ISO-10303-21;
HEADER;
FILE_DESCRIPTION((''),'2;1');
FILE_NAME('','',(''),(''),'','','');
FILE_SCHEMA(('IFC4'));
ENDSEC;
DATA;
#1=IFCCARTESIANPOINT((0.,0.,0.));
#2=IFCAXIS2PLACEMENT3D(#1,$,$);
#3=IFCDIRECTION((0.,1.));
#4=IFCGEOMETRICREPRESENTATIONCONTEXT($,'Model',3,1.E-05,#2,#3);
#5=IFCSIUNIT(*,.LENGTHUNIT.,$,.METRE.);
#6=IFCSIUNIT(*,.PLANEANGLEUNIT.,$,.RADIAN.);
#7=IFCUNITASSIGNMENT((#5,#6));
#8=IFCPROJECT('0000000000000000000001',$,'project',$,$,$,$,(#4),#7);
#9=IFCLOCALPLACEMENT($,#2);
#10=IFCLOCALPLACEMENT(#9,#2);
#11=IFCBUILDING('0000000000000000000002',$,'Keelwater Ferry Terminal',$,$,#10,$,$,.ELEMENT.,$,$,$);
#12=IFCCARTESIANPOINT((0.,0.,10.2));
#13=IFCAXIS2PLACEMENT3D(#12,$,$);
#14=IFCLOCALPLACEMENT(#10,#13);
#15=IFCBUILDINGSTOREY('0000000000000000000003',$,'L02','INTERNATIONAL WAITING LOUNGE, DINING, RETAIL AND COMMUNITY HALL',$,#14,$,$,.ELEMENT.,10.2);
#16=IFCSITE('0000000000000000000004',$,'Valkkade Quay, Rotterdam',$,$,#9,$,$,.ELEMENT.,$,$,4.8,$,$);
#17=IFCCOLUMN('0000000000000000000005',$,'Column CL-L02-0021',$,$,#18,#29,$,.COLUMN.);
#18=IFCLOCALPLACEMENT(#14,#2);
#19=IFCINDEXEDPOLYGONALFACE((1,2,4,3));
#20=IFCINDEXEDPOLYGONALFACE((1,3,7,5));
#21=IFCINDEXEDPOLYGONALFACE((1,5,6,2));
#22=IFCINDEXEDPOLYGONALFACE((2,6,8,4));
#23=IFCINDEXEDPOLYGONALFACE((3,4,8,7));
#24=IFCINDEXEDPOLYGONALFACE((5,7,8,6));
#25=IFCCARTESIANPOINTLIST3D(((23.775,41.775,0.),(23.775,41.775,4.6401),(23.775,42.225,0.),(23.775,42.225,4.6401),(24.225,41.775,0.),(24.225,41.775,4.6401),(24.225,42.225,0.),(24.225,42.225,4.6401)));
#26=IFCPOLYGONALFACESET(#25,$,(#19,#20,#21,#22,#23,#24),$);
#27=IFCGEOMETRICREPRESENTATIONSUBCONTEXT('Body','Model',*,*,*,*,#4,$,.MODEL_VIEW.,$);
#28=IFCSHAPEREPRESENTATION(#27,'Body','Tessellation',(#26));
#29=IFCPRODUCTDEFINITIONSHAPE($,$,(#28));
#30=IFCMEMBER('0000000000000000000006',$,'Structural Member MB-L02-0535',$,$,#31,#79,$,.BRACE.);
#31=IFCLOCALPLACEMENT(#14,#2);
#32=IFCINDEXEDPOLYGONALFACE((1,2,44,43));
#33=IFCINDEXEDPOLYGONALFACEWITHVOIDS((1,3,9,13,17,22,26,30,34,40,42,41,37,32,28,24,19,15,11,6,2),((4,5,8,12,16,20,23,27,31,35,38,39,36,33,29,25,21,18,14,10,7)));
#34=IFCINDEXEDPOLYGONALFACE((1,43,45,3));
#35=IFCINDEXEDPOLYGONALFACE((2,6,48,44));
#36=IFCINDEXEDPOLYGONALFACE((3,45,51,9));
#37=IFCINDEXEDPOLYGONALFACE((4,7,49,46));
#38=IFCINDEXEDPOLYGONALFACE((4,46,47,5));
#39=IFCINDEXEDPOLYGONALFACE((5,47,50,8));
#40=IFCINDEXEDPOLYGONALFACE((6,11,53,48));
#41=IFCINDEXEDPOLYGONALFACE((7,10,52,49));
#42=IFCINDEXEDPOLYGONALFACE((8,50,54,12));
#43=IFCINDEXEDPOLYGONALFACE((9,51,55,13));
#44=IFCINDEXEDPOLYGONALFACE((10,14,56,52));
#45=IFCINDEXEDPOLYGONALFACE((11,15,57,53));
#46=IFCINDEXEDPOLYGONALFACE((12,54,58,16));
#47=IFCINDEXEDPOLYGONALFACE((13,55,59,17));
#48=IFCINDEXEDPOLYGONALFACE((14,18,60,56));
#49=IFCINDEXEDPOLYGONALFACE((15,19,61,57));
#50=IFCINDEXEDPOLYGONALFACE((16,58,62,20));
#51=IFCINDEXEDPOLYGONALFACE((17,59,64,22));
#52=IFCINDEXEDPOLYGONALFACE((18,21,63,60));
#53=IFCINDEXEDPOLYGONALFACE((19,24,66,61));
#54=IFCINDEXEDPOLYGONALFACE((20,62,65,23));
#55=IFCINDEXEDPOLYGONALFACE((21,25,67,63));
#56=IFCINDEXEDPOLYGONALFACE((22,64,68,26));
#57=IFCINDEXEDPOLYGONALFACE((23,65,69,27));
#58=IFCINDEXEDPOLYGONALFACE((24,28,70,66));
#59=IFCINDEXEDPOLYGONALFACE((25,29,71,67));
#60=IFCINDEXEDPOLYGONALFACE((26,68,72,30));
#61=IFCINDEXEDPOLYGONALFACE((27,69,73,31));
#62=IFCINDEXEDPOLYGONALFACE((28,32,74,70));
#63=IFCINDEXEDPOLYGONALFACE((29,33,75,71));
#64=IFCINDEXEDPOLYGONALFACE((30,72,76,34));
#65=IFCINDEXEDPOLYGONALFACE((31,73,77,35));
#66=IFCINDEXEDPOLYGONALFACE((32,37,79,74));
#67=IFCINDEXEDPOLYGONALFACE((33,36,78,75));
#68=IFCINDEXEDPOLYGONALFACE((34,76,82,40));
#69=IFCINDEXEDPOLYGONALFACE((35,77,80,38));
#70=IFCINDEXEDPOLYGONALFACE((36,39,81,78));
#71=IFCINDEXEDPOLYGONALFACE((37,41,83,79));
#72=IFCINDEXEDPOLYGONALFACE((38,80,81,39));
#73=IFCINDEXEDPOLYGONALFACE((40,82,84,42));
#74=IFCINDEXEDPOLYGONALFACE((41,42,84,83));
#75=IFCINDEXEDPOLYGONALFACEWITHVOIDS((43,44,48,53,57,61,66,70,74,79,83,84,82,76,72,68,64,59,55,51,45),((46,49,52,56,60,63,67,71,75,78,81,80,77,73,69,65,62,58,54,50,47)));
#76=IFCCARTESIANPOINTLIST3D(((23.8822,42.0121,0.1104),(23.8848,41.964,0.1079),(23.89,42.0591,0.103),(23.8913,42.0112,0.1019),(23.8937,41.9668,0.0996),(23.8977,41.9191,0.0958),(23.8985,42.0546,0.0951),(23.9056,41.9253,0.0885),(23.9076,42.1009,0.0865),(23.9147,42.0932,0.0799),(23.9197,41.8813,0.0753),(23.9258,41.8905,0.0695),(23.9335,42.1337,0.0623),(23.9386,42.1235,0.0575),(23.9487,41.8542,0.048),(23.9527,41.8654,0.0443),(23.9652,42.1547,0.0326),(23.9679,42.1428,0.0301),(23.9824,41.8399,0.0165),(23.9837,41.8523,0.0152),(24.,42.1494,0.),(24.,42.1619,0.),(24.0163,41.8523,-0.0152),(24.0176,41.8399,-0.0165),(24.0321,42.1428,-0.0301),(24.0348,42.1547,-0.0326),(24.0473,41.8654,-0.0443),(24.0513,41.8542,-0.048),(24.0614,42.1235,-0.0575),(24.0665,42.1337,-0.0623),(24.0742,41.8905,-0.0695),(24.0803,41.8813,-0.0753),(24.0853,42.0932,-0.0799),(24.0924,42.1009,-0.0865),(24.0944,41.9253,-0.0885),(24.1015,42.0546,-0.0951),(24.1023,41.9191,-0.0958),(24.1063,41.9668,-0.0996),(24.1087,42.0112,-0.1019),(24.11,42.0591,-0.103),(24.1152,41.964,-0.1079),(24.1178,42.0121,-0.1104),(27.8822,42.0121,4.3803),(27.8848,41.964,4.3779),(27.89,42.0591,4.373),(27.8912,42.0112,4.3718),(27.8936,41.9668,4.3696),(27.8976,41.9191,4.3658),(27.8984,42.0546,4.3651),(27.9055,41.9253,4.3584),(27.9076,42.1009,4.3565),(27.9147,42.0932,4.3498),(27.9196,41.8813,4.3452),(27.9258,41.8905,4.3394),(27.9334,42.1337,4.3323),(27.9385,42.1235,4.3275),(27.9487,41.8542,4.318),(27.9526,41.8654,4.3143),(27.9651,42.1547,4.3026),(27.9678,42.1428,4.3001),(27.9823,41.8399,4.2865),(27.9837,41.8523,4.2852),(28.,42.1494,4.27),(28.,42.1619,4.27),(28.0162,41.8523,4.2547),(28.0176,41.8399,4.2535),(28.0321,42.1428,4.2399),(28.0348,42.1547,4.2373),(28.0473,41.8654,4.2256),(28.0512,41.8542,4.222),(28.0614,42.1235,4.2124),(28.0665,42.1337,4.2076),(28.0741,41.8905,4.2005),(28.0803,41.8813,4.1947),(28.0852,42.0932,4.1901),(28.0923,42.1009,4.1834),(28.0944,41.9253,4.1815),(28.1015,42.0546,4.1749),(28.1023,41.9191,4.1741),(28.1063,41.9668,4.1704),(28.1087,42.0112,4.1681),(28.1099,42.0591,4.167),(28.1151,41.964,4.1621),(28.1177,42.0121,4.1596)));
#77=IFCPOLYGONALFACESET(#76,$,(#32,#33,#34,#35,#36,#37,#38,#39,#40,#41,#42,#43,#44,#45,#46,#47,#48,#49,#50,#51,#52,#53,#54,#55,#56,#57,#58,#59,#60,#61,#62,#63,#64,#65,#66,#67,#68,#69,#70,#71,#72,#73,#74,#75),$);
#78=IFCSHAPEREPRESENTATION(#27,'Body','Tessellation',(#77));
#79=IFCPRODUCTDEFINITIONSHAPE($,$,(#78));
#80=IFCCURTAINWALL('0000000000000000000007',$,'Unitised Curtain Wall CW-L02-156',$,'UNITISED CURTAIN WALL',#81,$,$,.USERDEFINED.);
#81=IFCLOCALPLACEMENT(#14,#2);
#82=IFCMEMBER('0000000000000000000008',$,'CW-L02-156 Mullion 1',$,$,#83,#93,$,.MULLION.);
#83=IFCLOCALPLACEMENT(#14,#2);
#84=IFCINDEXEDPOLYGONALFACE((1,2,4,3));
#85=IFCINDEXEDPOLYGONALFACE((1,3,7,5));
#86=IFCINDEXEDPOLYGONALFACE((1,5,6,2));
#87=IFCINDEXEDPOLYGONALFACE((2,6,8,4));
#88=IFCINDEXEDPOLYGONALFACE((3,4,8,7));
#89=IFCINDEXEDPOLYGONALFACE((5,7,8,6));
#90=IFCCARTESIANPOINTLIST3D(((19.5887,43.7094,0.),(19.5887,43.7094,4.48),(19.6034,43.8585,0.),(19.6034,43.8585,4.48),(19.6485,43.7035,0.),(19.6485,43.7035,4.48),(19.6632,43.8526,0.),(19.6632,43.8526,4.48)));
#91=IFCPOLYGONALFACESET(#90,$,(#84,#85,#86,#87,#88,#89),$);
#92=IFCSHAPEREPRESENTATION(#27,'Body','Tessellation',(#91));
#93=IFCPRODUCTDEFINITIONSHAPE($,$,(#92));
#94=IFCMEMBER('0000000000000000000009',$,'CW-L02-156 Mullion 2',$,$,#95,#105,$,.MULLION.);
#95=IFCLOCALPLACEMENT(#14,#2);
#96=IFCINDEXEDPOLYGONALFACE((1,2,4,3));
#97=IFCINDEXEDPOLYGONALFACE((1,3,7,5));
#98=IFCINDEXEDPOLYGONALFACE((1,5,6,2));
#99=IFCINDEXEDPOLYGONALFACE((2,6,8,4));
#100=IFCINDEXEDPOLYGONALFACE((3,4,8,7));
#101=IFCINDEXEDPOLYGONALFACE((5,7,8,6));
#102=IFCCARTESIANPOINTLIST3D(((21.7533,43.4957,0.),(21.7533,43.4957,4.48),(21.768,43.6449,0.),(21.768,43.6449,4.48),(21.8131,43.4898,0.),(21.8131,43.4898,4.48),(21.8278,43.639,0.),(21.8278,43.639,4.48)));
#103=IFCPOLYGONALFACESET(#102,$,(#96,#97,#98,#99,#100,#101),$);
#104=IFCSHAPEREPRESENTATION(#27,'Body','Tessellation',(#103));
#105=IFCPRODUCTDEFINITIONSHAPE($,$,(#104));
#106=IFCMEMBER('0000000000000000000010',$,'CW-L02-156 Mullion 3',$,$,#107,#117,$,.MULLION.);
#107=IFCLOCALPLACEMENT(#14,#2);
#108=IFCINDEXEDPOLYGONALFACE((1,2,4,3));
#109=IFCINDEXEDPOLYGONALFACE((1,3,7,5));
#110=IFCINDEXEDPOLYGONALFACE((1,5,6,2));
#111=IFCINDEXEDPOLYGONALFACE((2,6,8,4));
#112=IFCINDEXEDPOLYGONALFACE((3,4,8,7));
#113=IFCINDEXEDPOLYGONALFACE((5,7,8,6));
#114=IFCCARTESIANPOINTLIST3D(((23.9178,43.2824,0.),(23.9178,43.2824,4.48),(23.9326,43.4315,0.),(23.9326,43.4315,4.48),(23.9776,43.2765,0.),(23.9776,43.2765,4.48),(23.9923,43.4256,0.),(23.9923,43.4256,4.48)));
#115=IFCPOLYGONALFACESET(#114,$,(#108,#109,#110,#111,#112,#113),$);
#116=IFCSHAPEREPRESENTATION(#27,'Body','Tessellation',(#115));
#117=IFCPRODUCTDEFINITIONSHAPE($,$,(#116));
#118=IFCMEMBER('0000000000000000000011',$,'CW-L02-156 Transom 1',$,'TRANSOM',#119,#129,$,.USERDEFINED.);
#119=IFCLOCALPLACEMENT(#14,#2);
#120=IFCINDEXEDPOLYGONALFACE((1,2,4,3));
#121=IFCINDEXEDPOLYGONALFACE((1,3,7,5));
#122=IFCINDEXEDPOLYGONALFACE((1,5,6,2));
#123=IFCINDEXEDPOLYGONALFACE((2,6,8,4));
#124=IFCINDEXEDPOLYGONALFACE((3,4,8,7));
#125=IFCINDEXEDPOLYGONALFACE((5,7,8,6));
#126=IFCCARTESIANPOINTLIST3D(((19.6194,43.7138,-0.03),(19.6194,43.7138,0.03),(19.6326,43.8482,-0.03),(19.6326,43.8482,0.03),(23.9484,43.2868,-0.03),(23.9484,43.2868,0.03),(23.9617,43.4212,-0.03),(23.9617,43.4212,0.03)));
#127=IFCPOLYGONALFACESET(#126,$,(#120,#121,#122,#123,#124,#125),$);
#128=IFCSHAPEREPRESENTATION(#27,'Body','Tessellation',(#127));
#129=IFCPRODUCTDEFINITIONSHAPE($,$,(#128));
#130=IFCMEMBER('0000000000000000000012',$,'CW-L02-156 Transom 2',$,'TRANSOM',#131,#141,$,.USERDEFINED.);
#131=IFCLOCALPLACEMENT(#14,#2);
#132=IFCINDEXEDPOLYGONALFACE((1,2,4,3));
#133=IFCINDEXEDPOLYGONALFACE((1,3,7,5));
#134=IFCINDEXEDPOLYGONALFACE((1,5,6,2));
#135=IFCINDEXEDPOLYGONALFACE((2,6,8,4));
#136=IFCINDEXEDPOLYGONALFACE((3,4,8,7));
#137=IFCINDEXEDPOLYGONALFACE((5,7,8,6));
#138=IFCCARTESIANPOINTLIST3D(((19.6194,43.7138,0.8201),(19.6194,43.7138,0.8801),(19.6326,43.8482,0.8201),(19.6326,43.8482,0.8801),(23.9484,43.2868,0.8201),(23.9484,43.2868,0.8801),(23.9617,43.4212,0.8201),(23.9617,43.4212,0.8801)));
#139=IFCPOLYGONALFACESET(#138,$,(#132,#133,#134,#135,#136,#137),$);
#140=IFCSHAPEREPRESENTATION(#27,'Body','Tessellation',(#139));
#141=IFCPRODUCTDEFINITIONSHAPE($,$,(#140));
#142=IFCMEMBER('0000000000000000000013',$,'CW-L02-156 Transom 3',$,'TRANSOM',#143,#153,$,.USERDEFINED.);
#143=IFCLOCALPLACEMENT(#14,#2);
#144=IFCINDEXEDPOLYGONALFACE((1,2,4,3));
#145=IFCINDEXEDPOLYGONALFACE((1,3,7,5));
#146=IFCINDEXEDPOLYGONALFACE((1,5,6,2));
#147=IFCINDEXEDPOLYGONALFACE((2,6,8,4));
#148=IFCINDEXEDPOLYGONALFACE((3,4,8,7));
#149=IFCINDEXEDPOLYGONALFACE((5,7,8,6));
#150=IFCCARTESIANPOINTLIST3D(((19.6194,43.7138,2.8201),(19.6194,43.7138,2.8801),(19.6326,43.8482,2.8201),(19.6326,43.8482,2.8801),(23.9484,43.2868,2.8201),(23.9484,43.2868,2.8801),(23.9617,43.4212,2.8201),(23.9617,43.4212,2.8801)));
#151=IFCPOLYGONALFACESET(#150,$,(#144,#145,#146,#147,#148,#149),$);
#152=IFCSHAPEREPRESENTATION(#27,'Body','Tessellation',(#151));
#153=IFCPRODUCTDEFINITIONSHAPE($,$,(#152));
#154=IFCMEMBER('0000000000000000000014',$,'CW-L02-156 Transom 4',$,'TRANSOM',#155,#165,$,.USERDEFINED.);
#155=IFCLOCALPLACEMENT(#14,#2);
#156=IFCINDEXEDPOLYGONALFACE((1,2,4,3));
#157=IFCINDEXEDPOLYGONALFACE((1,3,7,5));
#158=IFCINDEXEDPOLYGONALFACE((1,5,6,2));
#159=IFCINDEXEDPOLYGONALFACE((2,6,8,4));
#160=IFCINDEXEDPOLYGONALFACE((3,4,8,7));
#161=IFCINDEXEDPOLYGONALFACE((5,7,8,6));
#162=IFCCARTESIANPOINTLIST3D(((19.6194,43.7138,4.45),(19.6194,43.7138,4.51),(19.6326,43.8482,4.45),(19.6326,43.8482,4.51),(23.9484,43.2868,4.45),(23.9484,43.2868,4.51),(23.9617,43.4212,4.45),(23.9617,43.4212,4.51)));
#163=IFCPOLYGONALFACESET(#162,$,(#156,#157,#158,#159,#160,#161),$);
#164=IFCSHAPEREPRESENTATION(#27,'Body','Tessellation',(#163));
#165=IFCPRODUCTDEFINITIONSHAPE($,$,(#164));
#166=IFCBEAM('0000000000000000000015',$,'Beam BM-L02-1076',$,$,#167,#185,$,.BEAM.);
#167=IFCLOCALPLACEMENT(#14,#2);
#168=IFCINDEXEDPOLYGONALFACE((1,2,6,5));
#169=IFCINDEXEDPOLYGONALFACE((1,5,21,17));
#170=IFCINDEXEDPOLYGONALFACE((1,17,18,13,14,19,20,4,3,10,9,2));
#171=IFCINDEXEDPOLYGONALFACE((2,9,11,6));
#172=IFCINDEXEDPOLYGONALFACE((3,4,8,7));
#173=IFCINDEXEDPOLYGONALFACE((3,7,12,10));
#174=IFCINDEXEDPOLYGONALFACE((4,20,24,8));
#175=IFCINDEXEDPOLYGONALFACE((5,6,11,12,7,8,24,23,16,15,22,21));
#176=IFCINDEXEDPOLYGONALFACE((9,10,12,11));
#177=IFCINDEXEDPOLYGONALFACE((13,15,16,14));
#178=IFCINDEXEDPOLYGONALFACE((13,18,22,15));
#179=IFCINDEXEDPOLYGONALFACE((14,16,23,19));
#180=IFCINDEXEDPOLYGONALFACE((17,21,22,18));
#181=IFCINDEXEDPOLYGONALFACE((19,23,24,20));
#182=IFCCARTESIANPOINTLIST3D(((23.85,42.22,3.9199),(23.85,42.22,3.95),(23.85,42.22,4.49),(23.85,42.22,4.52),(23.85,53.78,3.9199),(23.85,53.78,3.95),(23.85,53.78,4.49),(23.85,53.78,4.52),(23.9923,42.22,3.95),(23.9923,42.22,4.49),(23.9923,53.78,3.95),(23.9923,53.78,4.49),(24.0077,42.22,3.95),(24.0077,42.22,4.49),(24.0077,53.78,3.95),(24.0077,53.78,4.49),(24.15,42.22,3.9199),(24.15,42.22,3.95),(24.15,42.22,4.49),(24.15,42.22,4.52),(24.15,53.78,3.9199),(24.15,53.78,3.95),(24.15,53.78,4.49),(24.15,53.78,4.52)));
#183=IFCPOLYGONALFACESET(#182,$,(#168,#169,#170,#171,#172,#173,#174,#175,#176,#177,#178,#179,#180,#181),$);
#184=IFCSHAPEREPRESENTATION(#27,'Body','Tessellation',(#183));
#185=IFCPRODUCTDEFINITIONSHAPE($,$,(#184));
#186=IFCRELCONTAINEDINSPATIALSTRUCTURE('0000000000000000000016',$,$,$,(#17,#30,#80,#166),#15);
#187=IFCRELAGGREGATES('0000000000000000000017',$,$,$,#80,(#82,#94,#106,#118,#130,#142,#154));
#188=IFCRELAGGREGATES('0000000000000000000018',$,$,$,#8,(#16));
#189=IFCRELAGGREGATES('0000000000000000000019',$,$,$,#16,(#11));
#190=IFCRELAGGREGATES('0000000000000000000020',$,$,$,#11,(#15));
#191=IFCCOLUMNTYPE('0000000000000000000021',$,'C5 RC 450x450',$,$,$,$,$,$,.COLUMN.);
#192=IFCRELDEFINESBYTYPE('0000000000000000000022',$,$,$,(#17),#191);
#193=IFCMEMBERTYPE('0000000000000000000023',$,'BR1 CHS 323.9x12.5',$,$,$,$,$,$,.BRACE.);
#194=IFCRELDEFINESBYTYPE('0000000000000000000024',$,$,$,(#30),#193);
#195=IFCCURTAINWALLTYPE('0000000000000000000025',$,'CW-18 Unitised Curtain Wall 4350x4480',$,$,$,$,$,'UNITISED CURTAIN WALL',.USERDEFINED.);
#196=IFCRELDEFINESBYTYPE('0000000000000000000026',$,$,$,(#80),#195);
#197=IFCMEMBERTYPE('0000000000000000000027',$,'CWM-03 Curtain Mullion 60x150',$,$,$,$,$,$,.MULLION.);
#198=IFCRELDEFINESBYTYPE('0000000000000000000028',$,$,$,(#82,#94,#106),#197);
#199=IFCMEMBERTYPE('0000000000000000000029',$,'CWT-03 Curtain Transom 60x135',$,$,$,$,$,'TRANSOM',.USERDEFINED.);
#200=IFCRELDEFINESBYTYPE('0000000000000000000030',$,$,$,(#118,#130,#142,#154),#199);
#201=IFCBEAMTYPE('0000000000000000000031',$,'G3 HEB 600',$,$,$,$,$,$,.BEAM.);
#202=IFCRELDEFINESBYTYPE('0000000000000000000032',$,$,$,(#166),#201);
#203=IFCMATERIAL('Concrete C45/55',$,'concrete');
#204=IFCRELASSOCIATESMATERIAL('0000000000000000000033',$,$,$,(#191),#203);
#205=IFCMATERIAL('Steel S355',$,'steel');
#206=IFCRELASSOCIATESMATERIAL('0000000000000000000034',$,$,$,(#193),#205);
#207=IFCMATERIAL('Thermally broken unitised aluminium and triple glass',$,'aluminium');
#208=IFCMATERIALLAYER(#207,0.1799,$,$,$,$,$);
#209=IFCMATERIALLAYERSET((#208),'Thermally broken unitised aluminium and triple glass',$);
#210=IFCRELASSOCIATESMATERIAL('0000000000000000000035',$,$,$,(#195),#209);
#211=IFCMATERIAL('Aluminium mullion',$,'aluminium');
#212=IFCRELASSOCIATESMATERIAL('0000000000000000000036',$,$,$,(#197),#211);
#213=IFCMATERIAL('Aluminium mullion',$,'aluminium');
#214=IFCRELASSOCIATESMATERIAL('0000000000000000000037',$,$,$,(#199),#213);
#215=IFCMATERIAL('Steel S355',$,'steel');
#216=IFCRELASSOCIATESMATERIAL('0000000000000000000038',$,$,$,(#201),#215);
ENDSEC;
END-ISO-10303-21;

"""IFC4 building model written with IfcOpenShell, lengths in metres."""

from ifc_helpers import new_model, si_unit, direction, frame, origin, origin_2d, place, context, subcontext, project, spatial, rectangle, hollow_circle, i_section, extrude, material, layer, layer_set, material_profile, profile_set, type_object, element, aggregate, save


model = new_model("IFC4")

# Units and contexts
model_context = context("Model", 3, precision=1e-05, world=origin(), true_north=direction((0.0, 1.0)))
body_context = subcontext(model_context, "Body", "Model", "MODEL_VIEW")
ifc_project = project(units=[si_unit("LENGTHUNIT", "METRE"), si_unit("PLANEANGLEUNIT", "RADIAN")], contexts=[model_context])

# Site, building, storey
site_placement = place(None, origin())
site = spatial("IfcSite", under=ifc_project, at=site_placement, Name="Valkkade Quay, Rotterdam", CompositionType="ELEMENT", RefElevation=4.8)
building_placement = place(site_placement, origin())
building = spatial("IfcBuilding", under=site, at=building_placement, Name="Keelwater Ferry Terminal", CompositionType="ELEMENT")
storey_placement = place(building_placement, frame((0.0, 0.0, 10.2)))
storey = spatial("IfcBuildingStorey", under=building, at=storey_placement, Name="L02", Description="INTERNATIONAL WAITING LOUNGE, DINING, RETAIL AND COMMUNITY HALL", CompositionType="ELEMENT", Elevation=10.2)

# Column
ifc_material_1 = material(Name="Concrete C45/55", Category="concrete")
ifc_material_profile_1 = material_profile(ifc_material_1, rectangle(XDim=0.45, YDim=0.45, at=origin_2d()), Name="RC 450x450")
ifc_profile_set_1 = profile_set([ifc_material_profile_1], Name="Concrete C45/55")
column_type = type_object("IfcColumnType", Name="C5 RC 450x450", PredefinedType="COLUMN", material=ifc_profile_set_1)
column_placement = place(storey_placement, frame((24.0, 42.0, 0.0), z_axis=(0.0, 0.0, 1.0), x_axis=(1.0, 0.0, 0.0)))
element("IfcColumn", 1, at=column_placement, inside=storey, type_object=column_type, Name="Column CL-L02-0021", PredefinedType="COLUMN", context=body_context, shape_type="SweptSolid", body=[
    extrude(rectangle(XDim=0.45, YDim=0.45, at=origin_2d()), origin(), (0.0, 0.0, 1.0), 4.6401),
])

# Member
ifc_material_2 = material(Name="Steel S355", Category="steel")
ifc_material_profile_2 = material_profile(ifc_material_2, hollow_circle(Radius=0.1619, WallThickness=0.0125, at=origin_2d()), Name="CHS 323.9x12.5")
ifc_profile_set_2 = profile_set([ifc_material_profile_2], Name="Steel S355")
member_type_1 = type_object("IfcMemberType", Name="BR1 CHS 323.9x12.5", PredefinedType="BRACE", material=ifc_profile_set_2)
member_1_placement = place(storey_placement, frame((24.0, 42.0, 0.0), z_axis=(0.683655, 0.0, 0.729805), x_axis=(0.0, 1.0, 0.0)))
element("IfcMember", 2, at=member_1_placement, inside=storey, type_object=member_type_1, Name="Structural Member MB-L02-0535", PredefinedType="BRACE", context=body_context, shape_type="SweptSolid", body=[
    extrude(hollow_circle(Radius=0.1619, WallThickness=0.0125, at=origin_2d()), origin(), (0.0, 0.0, 1.0), 5.8508),
])

# Curtain wall, members
ifc_material_3 = material(Name="Thermally broken unitised aluminium and triple glass", Category="aluminium")
ifc_layer_1 = layer(ifc_material_3, 0.1799)
ifc_layer_set_1 = layer_set([ifc_layer_1], Name="Thermally broken unitised aluminium and triple glass")
curtain_wall_type = type_object("IfcCurtainWallType", Name="CW-18 Unitised Curtain Wall 4350x4480", ElementType="UNITISED CURTAIN WALL", PredefinedType="USERDEFINED", material=ifc_layer_set_1)
curtain_wall_placement = place(storey_placement, origin())
curtain_wall = element("IfcCurtainWall", 3, at=curtain_wall_placement, inside=storey, type_object=curtain_wall_type, Name="Unitised Curtain Wall CW-L02-156", ObjectType="UNITISED CURTAIN WALL", PredefinedType="USERDEFINED")
ifc_material_4 = material(Name="Aluminium mullion", Category="aluminium")
ifc_material_profile_3 = material_profile(ifc_material_4, rectangle(XDim=0.0601, YDim=0.1499, at=origin_2d()), Name="CWM-03")
ifc_profile_set_3 = profile_set([ifc_material_profile_3], Name="Aluminium mullion")
member_type_2 = type_object("IfcMemberType", Name="CWM-03 Curtain Mullion 60x150", PredefinedType="MULLION", material=ifc_profile_set_3)
member_2_placement = place(storey_placement, frame((19.626, 43.781, 0.0), z_axis=(0.0, 0.0, 1.0), x_axis=(0.995171, -0.098161, 0.0)))
member_2 = element("IfcMember", 4, at=member_2_placement, type_object=member_type_2, Name="CW-L02-156 Mullion 1", PredefinedType="MULLION", context=body_context, shape_type="SweptSolid", body=[
    extrude(rectangle(XDim=0.0601, YDim=0.1499, at=origin_2d()), origin(), (0.0, 0.0, 1.0), 4.48),
])
member_3_placement = place(storey_placement, frame((21.7905, 43.5674, 0.0), z_axis=(0.0, 0.0, 1.0), x_axis=(0.995171, -0.098161, 0.0)))
member_3 = element("IfcMember", 5, at=member_3_placement, type_object=member_type_2, Name="CW-L02-156 Mullion 2", PredefinedType="MULLION", context=body_context, shape_type="SweptSolid", body=[
    extrude(rectangle(XDim=0.0601, YDim=0.1499, at=origin_2d()), origin(), (0.0, 0.0, 1.0), 4.48),
])
member_4_placement = place(storey_placement, frame((23.9551, 43.354, 0.0), z_axis=(0.0, 0.0, 1.0), x_axis=(0.995171, -0.098161, 0.0)))
member_4 = element("IfcMember", 6, at=member_4_placement, type_object=member_type_2, Name="CW-L02-156 Mullion 3", PredefinedType="MULLION", context=body_context, shape_type="SweptSolid", body=[
    extrude(rectangle(XDim=0.0601, YDim=0.1499, at=origin_2d()), origin(), (0.0, 0.0, 1.0), 4.48),
])
ifc_material_5 = material(Name="Aluminium mullion", Category="aluminium")
ifc_material_profile_4 = material_profile(ifc_material_5, rectangle(XDim=0.135, YDim=0.0601, at=origin_2d()), Name="CWT-03")
ifc_profile_set_4 = profile_set([ifc_material_profile_4], Name="Aluminium mullion")
member_type_3 = type_object("IfcMemberType", Name="CWT-03 Curtain Transom 60x135", ElementType="TRANSOM", PredefinedType="USERDEFINED", material=ifc_profile_set_4)
member_5_placement = place(storey_placement, frame((19.626, 43.781, 0.0), z_axis=(0.995171, -0.098159, 0.0), x_axis=(0.098159, 0.995171, 0.0)))
member_5 = element("IfcMember", 7, at=member_5_placement, type_object=member_type_3, Name="CW-L02-156 Transom 1", ObjectType="TRANSOM", PredefinedType="USERDEFINED", context=body_context, shape_type="SweptSolid", body=[
    extrude(rectangle(XDim=0.135, YDim=0.0601, at=origin_2d()), origin(), (0.0, 0.0, 1.0), 4.3501),
])
member_6_placement = place(storey_placement, frame((19.626, 43.781, 0.8501), z_axis=(0.995171, -0.098159, 0.0), x_axis=(0.098159, 0.995171, 0.0)))
member_6 = element("IfcMember", 8, at=member_6_placement, type_object=member_type_3, Name="CW-L02-156 Transom 2", ObjectType="TRANSOM", PredefinedType="USERDEFINED", context=body_context, shape_type="SweptSolid", body=[
    extrude(rectangle(XDim=0.135, YDim=0.0601, at=origin_2d()), origin(), (0.0, 0.0, 1.0), 4.3501),
])
member_7_placement = place(storey_placement, frame((19.626, 43.781, 2.8501), z_axis=(0.995171, -0.098159, 0.0), x_axis=(0.098159, 0.995171, 0.0)))
member_7 = element("IfcMember", 9, at=member_7_placement, type_object=member_type_3, Name="CW-L02-156 Transom 3", ObjectType="TRANSOM", PredefinedType="USERDEFINED", context=body_context, shape_type="SweptSolid", body=[
    extrude(rectangle(XDim=0.135, YDim=0.0601, at=origin_2d()), origin(), (0.0, 0.0, 1.0), 4.3501),
])
member_8_placement = place(storey_placement, frame((19.626, 43.781, 4.48), z_axis=(0.995171, -0.098159, 0.0), x_axis=(0.098159, 0.995171, 0.0)))
member_8 = element("IfcMember", 10, at=member_8_placement, type_object=member_type_3, Name="CW-L02-156 Transom 4", ObjectType="TRANSOM", PredefinedType="USERDEFINED", context=body_context, shape_type="SweptSolid", body=[
    extrude(rectangle(XDim=0.135, YDim=0.0601, at=origin_2d()), origin(), (0.0, 0.0, 1.0), 4.3501),
])

# Beam
ifc_material_6 = material(Name="Steel S355", Category="steel")
ifc_material_profile_5 = material_profile(ifc_material_6, i_section(OverallWidth=0.3, OverallDepth=0.6001, WebThickness=0.0154, FlangeThickness=0.03, at=origin_2d()), Name="HEB 600")
ifc_profile_set_5 = profile_set([ifc_material_profile_5], Name="Steel S355")
beam_type_1 = type_object("IfcBeamType", Name="G3 HEB 600", PredefinedType="BEAM", material=ifc_profile_set_5)
beam_1_placement = place(storey_placement, frame((24.0, 42.22, 4.22), z_axis=(0.0, 1.0, 0.0), x_axis=(-1.0, 0.0, 0.0)))
element("IfcBeam", 11, at=beam_1_placement, inside=storey, type_object=beam_type_1, Name="Beam BM-L02-1076", PredefinedType="BEAM", context=body_context, shape_type="SweptSolid", body=[
    extrude(i_section(OverallWidth=0.3, OverallDepth=0.6001, WebThickness=0.0154, FlangeThickness=0.03, at=origin_2d()), origin(), (0.0, 0.0, 1.0), 11.5601),
])

aggregate(curtain_wall, [member_2, member_3, member_4, member_5, member_6, member_7, member_8])

save(model, "model.ifc")
